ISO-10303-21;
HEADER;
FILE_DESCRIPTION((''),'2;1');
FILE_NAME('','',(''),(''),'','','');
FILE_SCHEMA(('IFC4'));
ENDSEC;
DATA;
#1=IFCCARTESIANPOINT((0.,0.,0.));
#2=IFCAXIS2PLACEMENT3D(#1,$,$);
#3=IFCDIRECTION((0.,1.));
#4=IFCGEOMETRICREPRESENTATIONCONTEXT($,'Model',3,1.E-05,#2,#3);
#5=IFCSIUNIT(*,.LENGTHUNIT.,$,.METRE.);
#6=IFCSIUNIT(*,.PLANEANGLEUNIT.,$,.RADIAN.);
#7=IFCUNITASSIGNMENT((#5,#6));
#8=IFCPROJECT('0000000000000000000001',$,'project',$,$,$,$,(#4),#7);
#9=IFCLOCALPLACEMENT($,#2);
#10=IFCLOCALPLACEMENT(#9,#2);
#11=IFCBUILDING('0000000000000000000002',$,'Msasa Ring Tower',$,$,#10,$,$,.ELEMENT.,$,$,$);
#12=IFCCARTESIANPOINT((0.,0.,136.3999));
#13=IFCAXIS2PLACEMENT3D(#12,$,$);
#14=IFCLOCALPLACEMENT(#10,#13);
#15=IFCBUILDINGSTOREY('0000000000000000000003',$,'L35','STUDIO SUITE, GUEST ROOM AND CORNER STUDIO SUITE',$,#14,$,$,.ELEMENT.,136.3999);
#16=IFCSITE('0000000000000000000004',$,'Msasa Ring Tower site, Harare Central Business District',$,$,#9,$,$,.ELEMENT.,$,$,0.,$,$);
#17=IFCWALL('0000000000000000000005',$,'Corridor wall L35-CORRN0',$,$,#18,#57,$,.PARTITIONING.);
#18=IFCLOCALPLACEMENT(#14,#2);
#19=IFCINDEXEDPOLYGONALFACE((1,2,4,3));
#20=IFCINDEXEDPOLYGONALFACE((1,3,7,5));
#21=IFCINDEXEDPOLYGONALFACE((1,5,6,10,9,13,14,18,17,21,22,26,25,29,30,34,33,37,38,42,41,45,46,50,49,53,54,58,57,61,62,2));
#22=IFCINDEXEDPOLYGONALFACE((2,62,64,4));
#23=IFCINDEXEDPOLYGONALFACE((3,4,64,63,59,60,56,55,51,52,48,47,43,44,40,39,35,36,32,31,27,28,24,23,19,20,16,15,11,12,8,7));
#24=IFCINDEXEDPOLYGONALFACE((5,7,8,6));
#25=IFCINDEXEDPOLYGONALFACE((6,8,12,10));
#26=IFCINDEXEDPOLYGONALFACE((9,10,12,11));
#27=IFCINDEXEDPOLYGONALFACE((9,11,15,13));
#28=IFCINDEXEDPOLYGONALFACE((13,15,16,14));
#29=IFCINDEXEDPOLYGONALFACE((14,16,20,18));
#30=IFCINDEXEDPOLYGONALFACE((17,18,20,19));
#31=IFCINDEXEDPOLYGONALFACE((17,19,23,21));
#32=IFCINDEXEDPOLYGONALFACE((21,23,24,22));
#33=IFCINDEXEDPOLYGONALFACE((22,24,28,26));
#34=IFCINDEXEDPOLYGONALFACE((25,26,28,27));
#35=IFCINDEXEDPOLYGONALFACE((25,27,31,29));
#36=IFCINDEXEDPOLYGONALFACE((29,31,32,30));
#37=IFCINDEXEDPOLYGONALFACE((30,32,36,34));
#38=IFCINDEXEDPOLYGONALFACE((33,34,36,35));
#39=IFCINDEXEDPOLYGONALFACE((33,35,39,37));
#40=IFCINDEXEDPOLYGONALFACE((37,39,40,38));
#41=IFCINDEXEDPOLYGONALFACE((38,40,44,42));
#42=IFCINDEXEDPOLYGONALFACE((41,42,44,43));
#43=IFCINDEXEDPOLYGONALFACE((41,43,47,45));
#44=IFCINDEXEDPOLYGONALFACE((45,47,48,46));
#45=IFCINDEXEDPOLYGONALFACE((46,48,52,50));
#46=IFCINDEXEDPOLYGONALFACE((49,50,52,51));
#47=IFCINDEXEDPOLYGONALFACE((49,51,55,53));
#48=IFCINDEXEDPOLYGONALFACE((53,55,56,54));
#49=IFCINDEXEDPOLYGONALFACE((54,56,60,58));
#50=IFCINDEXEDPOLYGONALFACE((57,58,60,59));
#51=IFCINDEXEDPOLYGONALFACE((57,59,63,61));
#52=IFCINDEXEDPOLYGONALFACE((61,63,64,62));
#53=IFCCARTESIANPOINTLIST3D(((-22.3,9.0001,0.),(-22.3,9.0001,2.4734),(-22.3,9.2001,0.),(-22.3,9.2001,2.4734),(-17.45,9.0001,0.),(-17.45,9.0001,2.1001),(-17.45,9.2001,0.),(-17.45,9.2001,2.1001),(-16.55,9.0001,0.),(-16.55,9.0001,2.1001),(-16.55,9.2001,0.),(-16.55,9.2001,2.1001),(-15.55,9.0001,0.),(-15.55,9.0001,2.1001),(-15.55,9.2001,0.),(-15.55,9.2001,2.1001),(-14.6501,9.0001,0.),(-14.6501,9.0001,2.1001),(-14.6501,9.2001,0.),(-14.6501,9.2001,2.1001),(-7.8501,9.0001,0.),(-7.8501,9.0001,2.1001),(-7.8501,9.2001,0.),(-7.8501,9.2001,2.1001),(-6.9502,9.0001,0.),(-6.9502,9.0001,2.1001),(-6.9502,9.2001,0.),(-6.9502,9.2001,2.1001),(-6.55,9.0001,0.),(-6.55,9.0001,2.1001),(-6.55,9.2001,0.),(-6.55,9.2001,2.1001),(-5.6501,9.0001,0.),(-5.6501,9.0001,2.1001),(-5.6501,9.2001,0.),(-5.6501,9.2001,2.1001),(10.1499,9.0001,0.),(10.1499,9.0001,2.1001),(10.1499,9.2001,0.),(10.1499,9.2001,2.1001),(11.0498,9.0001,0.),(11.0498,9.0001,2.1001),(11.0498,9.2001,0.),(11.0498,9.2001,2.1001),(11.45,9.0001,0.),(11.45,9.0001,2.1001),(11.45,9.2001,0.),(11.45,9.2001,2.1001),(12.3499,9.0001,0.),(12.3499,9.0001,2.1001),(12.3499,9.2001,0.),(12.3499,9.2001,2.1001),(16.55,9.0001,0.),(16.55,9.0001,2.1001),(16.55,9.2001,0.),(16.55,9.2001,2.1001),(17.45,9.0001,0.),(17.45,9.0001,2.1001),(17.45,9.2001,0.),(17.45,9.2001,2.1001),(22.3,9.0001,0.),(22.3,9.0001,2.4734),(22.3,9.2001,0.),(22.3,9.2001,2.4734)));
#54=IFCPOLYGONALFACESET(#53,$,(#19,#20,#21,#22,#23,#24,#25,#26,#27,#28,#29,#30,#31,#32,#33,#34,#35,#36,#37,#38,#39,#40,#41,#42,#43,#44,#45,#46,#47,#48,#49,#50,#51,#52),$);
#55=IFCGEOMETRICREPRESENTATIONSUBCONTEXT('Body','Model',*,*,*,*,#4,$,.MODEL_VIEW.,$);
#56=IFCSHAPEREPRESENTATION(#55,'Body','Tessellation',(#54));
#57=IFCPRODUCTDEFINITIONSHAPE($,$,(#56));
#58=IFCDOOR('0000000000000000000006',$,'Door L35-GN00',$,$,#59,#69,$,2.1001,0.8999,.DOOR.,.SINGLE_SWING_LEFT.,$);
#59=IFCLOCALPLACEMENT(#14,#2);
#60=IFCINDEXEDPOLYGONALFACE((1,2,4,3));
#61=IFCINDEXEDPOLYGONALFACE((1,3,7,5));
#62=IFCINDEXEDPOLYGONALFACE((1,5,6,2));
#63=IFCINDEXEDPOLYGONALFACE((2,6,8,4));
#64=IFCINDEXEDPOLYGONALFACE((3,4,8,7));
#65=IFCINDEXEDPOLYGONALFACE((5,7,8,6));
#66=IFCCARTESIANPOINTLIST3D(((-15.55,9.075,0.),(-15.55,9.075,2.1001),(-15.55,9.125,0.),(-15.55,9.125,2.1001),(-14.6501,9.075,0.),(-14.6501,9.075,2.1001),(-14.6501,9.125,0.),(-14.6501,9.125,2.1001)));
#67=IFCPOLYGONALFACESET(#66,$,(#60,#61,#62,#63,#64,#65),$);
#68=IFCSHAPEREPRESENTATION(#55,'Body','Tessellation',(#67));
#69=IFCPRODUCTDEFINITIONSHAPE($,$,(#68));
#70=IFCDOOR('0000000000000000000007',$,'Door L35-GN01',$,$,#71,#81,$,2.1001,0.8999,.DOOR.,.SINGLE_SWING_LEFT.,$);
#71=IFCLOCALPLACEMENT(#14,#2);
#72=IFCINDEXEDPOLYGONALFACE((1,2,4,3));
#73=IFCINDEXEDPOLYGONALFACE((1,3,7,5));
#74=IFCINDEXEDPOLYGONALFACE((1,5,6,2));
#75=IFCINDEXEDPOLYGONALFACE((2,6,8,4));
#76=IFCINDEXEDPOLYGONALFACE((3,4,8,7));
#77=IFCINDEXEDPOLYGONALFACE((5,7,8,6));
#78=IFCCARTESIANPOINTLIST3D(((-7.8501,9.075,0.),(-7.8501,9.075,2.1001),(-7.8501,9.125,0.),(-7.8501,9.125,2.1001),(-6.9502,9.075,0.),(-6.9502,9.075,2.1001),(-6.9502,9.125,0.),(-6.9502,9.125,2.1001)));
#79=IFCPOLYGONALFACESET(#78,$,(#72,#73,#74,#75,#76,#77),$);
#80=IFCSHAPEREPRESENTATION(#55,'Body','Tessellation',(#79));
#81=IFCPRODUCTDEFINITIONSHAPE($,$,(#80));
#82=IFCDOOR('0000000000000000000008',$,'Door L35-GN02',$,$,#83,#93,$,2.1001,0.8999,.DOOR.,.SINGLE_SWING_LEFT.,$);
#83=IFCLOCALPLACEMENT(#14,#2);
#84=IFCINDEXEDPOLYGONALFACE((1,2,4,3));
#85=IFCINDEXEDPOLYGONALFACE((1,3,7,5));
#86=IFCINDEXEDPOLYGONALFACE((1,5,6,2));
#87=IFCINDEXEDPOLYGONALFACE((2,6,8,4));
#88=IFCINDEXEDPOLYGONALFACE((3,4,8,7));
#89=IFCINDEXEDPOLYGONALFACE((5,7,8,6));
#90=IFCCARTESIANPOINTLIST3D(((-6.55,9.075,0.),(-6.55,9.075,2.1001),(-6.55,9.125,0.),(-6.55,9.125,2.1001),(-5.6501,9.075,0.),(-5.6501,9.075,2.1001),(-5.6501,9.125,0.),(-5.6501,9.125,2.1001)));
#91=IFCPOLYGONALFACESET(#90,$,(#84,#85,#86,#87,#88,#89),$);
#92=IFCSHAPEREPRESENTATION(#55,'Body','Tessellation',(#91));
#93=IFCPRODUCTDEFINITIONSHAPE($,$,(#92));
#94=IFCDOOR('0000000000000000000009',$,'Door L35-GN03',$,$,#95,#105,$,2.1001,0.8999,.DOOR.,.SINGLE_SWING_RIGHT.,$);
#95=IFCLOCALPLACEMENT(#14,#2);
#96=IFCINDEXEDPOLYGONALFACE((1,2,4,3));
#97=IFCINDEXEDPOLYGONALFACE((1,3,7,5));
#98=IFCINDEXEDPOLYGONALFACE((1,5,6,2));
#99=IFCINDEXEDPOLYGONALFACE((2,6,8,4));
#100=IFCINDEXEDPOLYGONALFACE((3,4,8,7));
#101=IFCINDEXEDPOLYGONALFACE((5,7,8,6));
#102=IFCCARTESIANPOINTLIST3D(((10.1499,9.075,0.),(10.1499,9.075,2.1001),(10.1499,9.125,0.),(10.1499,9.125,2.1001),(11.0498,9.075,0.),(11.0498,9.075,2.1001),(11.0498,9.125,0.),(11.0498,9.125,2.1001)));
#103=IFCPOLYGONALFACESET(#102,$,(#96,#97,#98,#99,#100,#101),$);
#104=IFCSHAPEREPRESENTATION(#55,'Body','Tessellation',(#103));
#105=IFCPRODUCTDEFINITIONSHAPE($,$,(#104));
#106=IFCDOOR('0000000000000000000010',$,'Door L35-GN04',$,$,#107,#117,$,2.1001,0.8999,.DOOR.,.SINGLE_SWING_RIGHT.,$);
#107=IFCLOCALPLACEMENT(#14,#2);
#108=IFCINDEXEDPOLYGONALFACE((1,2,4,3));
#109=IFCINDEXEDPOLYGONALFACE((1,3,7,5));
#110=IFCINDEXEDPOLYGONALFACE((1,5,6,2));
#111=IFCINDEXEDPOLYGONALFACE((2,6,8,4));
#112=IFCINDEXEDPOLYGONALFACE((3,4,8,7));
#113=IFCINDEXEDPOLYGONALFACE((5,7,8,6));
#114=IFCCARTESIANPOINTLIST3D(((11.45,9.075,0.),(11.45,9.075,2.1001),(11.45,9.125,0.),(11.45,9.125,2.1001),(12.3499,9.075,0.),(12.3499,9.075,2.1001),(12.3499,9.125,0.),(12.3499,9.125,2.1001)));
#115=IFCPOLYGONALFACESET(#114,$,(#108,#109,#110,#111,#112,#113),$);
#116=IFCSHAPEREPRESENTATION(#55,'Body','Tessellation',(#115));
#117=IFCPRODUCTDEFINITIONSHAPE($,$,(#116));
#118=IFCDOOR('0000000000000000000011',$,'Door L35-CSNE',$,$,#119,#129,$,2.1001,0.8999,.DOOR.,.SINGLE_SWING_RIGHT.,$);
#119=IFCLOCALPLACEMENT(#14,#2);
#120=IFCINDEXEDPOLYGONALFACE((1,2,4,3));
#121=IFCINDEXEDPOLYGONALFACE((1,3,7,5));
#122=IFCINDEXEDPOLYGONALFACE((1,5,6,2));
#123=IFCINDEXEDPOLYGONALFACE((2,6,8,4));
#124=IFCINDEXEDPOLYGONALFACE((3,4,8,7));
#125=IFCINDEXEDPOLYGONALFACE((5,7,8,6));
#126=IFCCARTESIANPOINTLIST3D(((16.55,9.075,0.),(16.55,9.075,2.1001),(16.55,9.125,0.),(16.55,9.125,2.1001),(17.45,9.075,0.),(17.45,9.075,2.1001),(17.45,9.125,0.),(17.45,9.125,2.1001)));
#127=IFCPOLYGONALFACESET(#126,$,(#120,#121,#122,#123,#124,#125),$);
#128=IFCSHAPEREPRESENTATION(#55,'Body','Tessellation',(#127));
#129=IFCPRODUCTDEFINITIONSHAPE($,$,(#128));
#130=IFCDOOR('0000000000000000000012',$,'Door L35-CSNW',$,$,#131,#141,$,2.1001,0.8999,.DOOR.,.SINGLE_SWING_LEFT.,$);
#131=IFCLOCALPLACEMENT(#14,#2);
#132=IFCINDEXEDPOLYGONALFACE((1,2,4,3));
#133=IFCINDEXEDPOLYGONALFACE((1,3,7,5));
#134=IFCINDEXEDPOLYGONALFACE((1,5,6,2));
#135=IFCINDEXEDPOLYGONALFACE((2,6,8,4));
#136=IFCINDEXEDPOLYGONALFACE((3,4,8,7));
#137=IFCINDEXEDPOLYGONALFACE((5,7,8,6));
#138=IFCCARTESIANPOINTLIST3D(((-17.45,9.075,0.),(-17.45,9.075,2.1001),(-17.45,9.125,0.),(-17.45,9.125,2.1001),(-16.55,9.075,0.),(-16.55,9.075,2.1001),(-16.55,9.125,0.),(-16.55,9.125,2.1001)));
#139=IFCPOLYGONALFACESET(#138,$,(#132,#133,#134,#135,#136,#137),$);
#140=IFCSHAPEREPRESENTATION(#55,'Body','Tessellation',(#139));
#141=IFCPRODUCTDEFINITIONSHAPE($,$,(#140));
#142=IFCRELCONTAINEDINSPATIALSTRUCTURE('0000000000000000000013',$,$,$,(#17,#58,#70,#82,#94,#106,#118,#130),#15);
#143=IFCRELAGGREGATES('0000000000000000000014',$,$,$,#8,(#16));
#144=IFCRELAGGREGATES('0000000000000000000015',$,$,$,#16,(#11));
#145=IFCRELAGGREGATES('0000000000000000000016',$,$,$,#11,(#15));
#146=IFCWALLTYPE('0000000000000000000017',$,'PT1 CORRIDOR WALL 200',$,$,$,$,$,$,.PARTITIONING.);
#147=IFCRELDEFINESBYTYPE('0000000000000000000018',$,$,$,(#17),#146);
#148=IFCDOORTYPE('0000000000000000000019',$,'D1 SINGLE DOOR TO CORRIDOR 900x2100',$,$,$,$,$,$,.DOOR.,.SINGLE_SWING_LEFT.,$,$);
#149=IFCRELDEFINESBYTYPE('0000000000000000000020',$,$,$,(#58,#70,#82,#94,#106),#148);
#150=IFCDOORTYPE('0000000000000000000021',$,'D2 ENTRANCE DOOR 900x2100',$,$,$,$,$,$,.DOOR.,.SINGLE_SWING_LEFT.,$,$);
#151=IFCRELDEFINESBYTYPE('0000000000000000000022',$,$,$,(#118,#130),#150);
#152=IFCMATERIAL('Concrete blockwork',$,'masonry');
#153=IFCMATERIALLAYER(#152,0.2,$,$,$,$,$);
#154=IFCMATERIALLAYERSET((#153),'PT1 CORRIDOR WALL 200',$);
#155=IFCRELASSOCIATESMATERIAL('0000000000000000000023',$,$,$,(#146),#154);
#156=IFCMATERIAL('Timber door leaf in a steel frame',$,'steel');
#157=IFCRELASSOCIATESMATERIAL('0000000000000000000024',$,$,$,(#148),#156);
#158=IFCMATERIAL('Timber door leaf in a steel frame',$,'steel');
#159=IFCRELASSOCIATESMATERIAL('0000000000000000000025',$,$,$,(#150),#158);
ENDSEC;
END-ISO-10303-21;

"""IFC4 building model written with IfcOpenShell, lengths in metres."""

from ifc_helpers import new_model, si_unit, direction, frame, frame_2d, origin, place, context, subcontext, project, spatial, rectangle, extrude, material, layer, layer_set, type_object, element, fill, save


model = new_model("IFC4")

# Units and contexts
model_context = context("Model", 3, precision=1e-05, world=origin(), true_north=direction((0.0, 1.0)))
body_context = subcontext(model_context, "Body", "Model", "MODEL_VIEW")
ifc_project = project(units=[si_unit("LENGTHUNIT", "METRE"), si_unit("PLANEANGLEUNIT", "RADIAN")], contexts=[model_context])

# Site, building, storey
site_placement = place(None, origin())
site = spatial("IfcSite", under=ifc_project, at=site_placement, Name="Msasa Ring Tower site, Harare Central Business District", CompositionType="ELEMENT", RefElevation=0.0)
building_placement = place(site_placement, origin())
building = spatial("IfcBuilding", under=site, at=building_placement, Name="Msasa Ring Tower", CompositionType="ELEMENT")
storey_placement = place(building_placement, frame((0.0, 0.0, 136.3999)))
storey = spatial("IfcBuildingStorey", under=building, at=storey_placement, Name="L35", Description="STUDIO SUITE, GUEST ROOM AND CORNER STUDIO SUITE", CompositionType="ELEMENT", Elevation=136.3999)

# Wall, openings, doors
ifc_material_1 = material(Name="Concrete blockwork", Category="masonry")
ifc_layer_1 = layer(ifc_material_1, 0.2)
ifc_layer_set_1 = layer_set([ifc_layer_1], Name="PT1 CORRIDOR WALL 200")
wall_type_1 = type_object("IfcWallType", Name="PT1 CORRIDOR WALL 200", PredefinedType="PARTITIONING", material=ifc_layer_set_1)
wall_1_placement = place(storey_placement, frame((-22.3, 9.1001, 0.0), z_axis=(0.0, 0.0, 1.0), x_axis=(1.0, 0.0, 0.0)))
wall_1 = element("IfcWall", 1, at=wall_1_placement, inside=storey, type_object=wall_type_1, Name="Corridor wall L35-CORRN0", PredefinedType="PARTITIONING", context=body_context, shape_type="SweptSolid", body=[
    extrude(rectangle(XDim=44.6001, YDim=0.2, at=frame_2d((22.3, 0.0))), origin(), (0.0, 0.0, 1.0), 2.4734),
])
opening_1_placement = place(wall_1_placement, frame((6.75, 0.0, 0.0)))
opening_1 = element("IfcOpeningElement", 2, at=opening_1_placement, cuts=wall_1, PredefinedType="OPENING", context=body_context, shape_type="SweptSolid", body=[
    extrude(rectangle(XDim=0.8999, YDim=2.1001, at=frame_2d((0.45, 1.05))), frame((0.0, 0.1099, 0.0), z_axis=(0.0, -1.0, 0.0), x_axis=(1.0, 0.0, 0.0)), (0.0, 0.0, 1.0), 0.22),
])
opening_2_placement = place(wall_1_placement, frame((14.45, 0.0, 0.0)))
opening_2 = element("IfcOpeningElement", 3, at=opening_2_placement, cuts=wall_1, PredefinedType="OPENING", context=body_context, shape_type="SweptSolid", body=[
    extrude(rectangle(XDim=0.8999, YDim=2.1001, at=frame_2d((0.45, 1.05))), frame((0.0, 0.1099, 0.0), z_axis=(0.0, -1.0, 0.0), x_axis=(1.0, 0.0, 0.0)), (0.0, 0.0, 1.0), 0.22),
])
opening_3_placement = place(wall_1_placement, frame((15.75, 0.0, 0.0)))
opening_3 = element("IfcOpeningElement", 4, at=opening_3_placement, cuts=wall_1, PredefinedType="OPENING", context=body_context, shape_type="SweptSolid", body=[
    extrude(rectangle(XDim=0.8999, YDim=2.1001, at=frame_2d((0.45, 1.05))), frame((0.0, 0.1099, 0.0), z_axis=(0.0, -1.0, 0.0), x_axis=(1.0, 0.0, 0.0)), (0.0, 0.0, 1.0), 0.22),
])
opening_4_placement = place(wall_1_placement, frame((32.45, 0.0, 0.0)))
opening_4 = element("IfcOpeningElement", 5, at=opening_4_placement, cuts=wall_1, PredefinedType="OPENING", context=body_context, shape_type="SweptSolid", body=[
    extrude(rectangle(XDim=0.8999, YDim=2.1001, at=frame_2d((0.45, 1.05))), frame((0.0, 0.1099, 0.0), z_axis=(0.0, -1.0, 0.0), x_axis=(1.0, 0.0, 0.0)), (0.0, 0.0, 1.0), 0.22),
])
opening_5_placement = place(wall_1_placement, frame((33.75, 0.0, 0.0)))
opening_5 = element("IfcOpeningElement", 6, at=opening_5_placement, cuts=wall_1, PredefinedType="OPENING", context=body_context, shape_type="SweptSolid", body=[
    extrude(rectangle(XDim=0.8999, YDim=2.1001, at=frame_2d((0.45, 1.05))), frame((0.0, 0.1099, 0.0), z_axis=(0.0, -1.0, 0.0), x_axis=(1.0, 0.0, 0.0)), (0.0, 0.0, 1.0), 0.22),
])
opening_6_placement = place(wall_1_placement, frame((38.8501, 0.0, 0.0)))
opening_6 = element("IfcOpeningElement", 7, at=opening_6_placement, cuts=wall_1, PredefinedType="OPENING", context=body_context, shape_type="SweptSolid", body=[
    extrude(rectangle(XDim=0.8999, YDim=2.1001, at=frame_2d((0.45, 1.05))), frame((0.0, 0.1099, 0.0), z_axis=(0.0, -1.0, 0.0), x_axis=(1.0, 0.0, 0.0)), (0.0, 0.0, 1.0), 0.22),
])
opening_7_placement = place(wall_1_placement, frame((4.8501, 0.0, 0.0)))
opening_7 = element("IfcOpeningElement", 8, at=opening_7_placement, cuts=wall_1, PredefinedType="OPENING", context=body_context, shape_type="SweptSolid", body=[
    extrude(rectangle(XDim=0.8999, YDim=2.1001, at=frame_2d((0.45, 1.05))), frame((0.0, 0.1099, 0.0), z_axis=(0.0, -1.0, 0.0), x_axis=(1.0, 0.0, 0.0)), (0.0, 0.0, 1.0), 0.22),
])
ifc_material_2 = material(Name="Timber door leaf in a steel frame", Category="steel")
door_type_1 = type_object("IfcDoorType", Name="D1 SINGLE DOOR TO CORRIDOR 900x2100", OperationType="SINGLE_SWING_LEFT", PredefinedType="DOOR", material=ifc_material_2)
door_1_placement = place(opening_1_placement, origin())
door_1 = element("IfcDoor", 9, at=door_1_placement, inside=storey, type_object=door_type_1, Name="Door L35-GN00", OperationType="SINGLE_SWING_LEFT", OverallHeight=2.1001, OverallWidth=0.8999, PredefinedType="DOOR", context=body_context, shape_type="SweptSolid", body=[
    extrude(rectangle(XDim=0.8999, YDim=2.1001, at=frame_2d((0.45, 1.05))), frame((0.0, 0.0249, 0.0), z_axis=(0.0, -1.0, 0.0), x_axis=(1.0, 0.0, 0.0)), (0.0, 0.0, 1.0), 0.05),
])
fill(opening_1, door_1)
door_2_placement = place(opening_2_placement, origin())
door_2 = element("IfcDoor", 10, at=door_2_placement, inside=storey, type_object=door_type_1, Name="Door L35-GN01", OperationType="SINGLE_SWING_LEFT", OverallHeight=2.1001, OverallWidth=0.8999, PredefinedType="DOOR", context=body_context, shape_type="SweptSolid", body=[
    extrude(rectangle(XDim=0.8999, YDim=2.1001, at=frame_2d((0.45, 1.05))), frame((0.0, 0.0249, 0.0), z_axis=(0.0, -1.0, 0.0), x_axis=(1.0, 0.0, 0.0)), (0.0, 0.0, 1.0), 0.05),
])
fill(opening_2, door_2)
door_3_placement = place(opening_3_placement, origin())
door_3 = element("IfcDoor", 11, at=door_3_placement, inside=storey, type_object=door_type_1, Name="Door L35-GN02", OperationType="SINGLE_SWING_LEFT", OverallHeight=2.1001, OverallWidth=0.8999, PredefinedType="DOOR", context=body_context, shape_type="SweptSolid", body=[
    extrude(rectangle(XDim=0.8999, YDim=2.1001, at=frame_2d((0.45, 1.05))), frame((0.0, 0.0249, 0.0), z_axis=(0.0, -1.0, 0.0), x_axis=(1.0, 0.0, 0.0)), (0.0, 0.0, 1.0), 0.05),
])
fill(opening_3, door_3)
door_4_placement = place(opening_4_placement, origin())
door_4 = element("IfcDoor", 12, at=door_4_placement, inside=storey, type_object=door_type_1, Name="Door L35-GN03", OperationType="SINGLE_SWING_RIGHT", OverallHeight=2.1001, OverallWidth=0.8999, PredefinedType="DOOR", context=body_context, shape_type="SweptSolid", body=[
    extrude(rectangle(XDim=0.8999, YDim=2.1001, at=frame_2d((0.45, 1.05))), frame((0.0, 0.0249, 0.0), z_axis=(0.0, -1.0, 0.0), x_axis=(1.0, 0.0, 0.0)), (0.0, 0.0, 1.0), 0.05),
])
fill(opening_4, door_4)
door_5_placement = place(opening_5_placement, origin())
door_5 = element("IfcDoor", 13, at=door_5_placement, inside=storey, type_object=door_type_1, Name="Door L35-GN04", OperationType="SINGLE_SWING_RIGHT", OverallHeight=2.1001, OverallWidth=0.8999, PredefinedType="DOOR", context=body_context, shape_type="SweptSolid", body=[
    extrude(rectangle(XDim=0.8999, YDim=2.1001, at=frame_2d((0.45, 1.05))), frame((0.0, 0.0249, 0.0), z_axis=(0.0, -1.0, 0.0), x_axis=(1.0, 0.0, 0.0)), (0.0, 0.0, 1.0), 0.05),
])
fill(opening_5, door_5)
ifc_material_3 = material(Name="Timber door leaf in a steel frame", Category="steel")
door_type_2 = type_object("IfcDoorType", Name="D2 ENTRANCE DOOR 900x2100", OperationType="SINGLE_SWING_LEFT", PredefinedType="DOOR", material=ifc_material_3)
door_6_placement = place(opening_6_placement, origin())
door_6 = element("IfcDoor", 14, at=door_6_placement, inside=storey, type_object=door_type_2, Name="Door L35-CSNE", OperationType="SINGLE_SWING_RIGHT", OverallHeight=2.1001, OverallWidth=0.8999, PredefinedType="DOOR", context=body_context, shape_type="SweptSolid", body=[
    extrude(rectangle(XDim=0.8999, YDim=2.1001, at=frame_2d((0.45, 1.05))), frame((0.0, 0.0249, 0.0), z_axis=(0.0, -1.0, 0.0), x_axis=(1.0, 0.0, 0.0)), (0.0, 0.0, 1.0), 0.05),
])
fill(opening_6, door_6)
door_7_placement = place(opening_7_placement, origin())
door_7 = element("IfcDoor", 15, at=door_7_placement, inside=storey, type_object=door_type_2, Name="Door L35-CSNW", OperationType="SINGLE_SWING_LEFT", OverallHeight=2.1001, OverallWidth=0.8999, PredefinedType="DOOR", context=body_context, shape_type="SweptSolid", body=[
    extrude(rectangle(XDim=0.8999, YDim=2.1001, at=frame_2d((0.45, 1.05))), frame((0.0, 0.0249, 0.0), z_axis=(0.0, -1.0, 0.0), x_axis=(1.0, 0.0, 0.0)), (0.0, 0.0, 1.0), 0.05),
])
fill(opening_7, door_7)

save(model, "model.ifc")
